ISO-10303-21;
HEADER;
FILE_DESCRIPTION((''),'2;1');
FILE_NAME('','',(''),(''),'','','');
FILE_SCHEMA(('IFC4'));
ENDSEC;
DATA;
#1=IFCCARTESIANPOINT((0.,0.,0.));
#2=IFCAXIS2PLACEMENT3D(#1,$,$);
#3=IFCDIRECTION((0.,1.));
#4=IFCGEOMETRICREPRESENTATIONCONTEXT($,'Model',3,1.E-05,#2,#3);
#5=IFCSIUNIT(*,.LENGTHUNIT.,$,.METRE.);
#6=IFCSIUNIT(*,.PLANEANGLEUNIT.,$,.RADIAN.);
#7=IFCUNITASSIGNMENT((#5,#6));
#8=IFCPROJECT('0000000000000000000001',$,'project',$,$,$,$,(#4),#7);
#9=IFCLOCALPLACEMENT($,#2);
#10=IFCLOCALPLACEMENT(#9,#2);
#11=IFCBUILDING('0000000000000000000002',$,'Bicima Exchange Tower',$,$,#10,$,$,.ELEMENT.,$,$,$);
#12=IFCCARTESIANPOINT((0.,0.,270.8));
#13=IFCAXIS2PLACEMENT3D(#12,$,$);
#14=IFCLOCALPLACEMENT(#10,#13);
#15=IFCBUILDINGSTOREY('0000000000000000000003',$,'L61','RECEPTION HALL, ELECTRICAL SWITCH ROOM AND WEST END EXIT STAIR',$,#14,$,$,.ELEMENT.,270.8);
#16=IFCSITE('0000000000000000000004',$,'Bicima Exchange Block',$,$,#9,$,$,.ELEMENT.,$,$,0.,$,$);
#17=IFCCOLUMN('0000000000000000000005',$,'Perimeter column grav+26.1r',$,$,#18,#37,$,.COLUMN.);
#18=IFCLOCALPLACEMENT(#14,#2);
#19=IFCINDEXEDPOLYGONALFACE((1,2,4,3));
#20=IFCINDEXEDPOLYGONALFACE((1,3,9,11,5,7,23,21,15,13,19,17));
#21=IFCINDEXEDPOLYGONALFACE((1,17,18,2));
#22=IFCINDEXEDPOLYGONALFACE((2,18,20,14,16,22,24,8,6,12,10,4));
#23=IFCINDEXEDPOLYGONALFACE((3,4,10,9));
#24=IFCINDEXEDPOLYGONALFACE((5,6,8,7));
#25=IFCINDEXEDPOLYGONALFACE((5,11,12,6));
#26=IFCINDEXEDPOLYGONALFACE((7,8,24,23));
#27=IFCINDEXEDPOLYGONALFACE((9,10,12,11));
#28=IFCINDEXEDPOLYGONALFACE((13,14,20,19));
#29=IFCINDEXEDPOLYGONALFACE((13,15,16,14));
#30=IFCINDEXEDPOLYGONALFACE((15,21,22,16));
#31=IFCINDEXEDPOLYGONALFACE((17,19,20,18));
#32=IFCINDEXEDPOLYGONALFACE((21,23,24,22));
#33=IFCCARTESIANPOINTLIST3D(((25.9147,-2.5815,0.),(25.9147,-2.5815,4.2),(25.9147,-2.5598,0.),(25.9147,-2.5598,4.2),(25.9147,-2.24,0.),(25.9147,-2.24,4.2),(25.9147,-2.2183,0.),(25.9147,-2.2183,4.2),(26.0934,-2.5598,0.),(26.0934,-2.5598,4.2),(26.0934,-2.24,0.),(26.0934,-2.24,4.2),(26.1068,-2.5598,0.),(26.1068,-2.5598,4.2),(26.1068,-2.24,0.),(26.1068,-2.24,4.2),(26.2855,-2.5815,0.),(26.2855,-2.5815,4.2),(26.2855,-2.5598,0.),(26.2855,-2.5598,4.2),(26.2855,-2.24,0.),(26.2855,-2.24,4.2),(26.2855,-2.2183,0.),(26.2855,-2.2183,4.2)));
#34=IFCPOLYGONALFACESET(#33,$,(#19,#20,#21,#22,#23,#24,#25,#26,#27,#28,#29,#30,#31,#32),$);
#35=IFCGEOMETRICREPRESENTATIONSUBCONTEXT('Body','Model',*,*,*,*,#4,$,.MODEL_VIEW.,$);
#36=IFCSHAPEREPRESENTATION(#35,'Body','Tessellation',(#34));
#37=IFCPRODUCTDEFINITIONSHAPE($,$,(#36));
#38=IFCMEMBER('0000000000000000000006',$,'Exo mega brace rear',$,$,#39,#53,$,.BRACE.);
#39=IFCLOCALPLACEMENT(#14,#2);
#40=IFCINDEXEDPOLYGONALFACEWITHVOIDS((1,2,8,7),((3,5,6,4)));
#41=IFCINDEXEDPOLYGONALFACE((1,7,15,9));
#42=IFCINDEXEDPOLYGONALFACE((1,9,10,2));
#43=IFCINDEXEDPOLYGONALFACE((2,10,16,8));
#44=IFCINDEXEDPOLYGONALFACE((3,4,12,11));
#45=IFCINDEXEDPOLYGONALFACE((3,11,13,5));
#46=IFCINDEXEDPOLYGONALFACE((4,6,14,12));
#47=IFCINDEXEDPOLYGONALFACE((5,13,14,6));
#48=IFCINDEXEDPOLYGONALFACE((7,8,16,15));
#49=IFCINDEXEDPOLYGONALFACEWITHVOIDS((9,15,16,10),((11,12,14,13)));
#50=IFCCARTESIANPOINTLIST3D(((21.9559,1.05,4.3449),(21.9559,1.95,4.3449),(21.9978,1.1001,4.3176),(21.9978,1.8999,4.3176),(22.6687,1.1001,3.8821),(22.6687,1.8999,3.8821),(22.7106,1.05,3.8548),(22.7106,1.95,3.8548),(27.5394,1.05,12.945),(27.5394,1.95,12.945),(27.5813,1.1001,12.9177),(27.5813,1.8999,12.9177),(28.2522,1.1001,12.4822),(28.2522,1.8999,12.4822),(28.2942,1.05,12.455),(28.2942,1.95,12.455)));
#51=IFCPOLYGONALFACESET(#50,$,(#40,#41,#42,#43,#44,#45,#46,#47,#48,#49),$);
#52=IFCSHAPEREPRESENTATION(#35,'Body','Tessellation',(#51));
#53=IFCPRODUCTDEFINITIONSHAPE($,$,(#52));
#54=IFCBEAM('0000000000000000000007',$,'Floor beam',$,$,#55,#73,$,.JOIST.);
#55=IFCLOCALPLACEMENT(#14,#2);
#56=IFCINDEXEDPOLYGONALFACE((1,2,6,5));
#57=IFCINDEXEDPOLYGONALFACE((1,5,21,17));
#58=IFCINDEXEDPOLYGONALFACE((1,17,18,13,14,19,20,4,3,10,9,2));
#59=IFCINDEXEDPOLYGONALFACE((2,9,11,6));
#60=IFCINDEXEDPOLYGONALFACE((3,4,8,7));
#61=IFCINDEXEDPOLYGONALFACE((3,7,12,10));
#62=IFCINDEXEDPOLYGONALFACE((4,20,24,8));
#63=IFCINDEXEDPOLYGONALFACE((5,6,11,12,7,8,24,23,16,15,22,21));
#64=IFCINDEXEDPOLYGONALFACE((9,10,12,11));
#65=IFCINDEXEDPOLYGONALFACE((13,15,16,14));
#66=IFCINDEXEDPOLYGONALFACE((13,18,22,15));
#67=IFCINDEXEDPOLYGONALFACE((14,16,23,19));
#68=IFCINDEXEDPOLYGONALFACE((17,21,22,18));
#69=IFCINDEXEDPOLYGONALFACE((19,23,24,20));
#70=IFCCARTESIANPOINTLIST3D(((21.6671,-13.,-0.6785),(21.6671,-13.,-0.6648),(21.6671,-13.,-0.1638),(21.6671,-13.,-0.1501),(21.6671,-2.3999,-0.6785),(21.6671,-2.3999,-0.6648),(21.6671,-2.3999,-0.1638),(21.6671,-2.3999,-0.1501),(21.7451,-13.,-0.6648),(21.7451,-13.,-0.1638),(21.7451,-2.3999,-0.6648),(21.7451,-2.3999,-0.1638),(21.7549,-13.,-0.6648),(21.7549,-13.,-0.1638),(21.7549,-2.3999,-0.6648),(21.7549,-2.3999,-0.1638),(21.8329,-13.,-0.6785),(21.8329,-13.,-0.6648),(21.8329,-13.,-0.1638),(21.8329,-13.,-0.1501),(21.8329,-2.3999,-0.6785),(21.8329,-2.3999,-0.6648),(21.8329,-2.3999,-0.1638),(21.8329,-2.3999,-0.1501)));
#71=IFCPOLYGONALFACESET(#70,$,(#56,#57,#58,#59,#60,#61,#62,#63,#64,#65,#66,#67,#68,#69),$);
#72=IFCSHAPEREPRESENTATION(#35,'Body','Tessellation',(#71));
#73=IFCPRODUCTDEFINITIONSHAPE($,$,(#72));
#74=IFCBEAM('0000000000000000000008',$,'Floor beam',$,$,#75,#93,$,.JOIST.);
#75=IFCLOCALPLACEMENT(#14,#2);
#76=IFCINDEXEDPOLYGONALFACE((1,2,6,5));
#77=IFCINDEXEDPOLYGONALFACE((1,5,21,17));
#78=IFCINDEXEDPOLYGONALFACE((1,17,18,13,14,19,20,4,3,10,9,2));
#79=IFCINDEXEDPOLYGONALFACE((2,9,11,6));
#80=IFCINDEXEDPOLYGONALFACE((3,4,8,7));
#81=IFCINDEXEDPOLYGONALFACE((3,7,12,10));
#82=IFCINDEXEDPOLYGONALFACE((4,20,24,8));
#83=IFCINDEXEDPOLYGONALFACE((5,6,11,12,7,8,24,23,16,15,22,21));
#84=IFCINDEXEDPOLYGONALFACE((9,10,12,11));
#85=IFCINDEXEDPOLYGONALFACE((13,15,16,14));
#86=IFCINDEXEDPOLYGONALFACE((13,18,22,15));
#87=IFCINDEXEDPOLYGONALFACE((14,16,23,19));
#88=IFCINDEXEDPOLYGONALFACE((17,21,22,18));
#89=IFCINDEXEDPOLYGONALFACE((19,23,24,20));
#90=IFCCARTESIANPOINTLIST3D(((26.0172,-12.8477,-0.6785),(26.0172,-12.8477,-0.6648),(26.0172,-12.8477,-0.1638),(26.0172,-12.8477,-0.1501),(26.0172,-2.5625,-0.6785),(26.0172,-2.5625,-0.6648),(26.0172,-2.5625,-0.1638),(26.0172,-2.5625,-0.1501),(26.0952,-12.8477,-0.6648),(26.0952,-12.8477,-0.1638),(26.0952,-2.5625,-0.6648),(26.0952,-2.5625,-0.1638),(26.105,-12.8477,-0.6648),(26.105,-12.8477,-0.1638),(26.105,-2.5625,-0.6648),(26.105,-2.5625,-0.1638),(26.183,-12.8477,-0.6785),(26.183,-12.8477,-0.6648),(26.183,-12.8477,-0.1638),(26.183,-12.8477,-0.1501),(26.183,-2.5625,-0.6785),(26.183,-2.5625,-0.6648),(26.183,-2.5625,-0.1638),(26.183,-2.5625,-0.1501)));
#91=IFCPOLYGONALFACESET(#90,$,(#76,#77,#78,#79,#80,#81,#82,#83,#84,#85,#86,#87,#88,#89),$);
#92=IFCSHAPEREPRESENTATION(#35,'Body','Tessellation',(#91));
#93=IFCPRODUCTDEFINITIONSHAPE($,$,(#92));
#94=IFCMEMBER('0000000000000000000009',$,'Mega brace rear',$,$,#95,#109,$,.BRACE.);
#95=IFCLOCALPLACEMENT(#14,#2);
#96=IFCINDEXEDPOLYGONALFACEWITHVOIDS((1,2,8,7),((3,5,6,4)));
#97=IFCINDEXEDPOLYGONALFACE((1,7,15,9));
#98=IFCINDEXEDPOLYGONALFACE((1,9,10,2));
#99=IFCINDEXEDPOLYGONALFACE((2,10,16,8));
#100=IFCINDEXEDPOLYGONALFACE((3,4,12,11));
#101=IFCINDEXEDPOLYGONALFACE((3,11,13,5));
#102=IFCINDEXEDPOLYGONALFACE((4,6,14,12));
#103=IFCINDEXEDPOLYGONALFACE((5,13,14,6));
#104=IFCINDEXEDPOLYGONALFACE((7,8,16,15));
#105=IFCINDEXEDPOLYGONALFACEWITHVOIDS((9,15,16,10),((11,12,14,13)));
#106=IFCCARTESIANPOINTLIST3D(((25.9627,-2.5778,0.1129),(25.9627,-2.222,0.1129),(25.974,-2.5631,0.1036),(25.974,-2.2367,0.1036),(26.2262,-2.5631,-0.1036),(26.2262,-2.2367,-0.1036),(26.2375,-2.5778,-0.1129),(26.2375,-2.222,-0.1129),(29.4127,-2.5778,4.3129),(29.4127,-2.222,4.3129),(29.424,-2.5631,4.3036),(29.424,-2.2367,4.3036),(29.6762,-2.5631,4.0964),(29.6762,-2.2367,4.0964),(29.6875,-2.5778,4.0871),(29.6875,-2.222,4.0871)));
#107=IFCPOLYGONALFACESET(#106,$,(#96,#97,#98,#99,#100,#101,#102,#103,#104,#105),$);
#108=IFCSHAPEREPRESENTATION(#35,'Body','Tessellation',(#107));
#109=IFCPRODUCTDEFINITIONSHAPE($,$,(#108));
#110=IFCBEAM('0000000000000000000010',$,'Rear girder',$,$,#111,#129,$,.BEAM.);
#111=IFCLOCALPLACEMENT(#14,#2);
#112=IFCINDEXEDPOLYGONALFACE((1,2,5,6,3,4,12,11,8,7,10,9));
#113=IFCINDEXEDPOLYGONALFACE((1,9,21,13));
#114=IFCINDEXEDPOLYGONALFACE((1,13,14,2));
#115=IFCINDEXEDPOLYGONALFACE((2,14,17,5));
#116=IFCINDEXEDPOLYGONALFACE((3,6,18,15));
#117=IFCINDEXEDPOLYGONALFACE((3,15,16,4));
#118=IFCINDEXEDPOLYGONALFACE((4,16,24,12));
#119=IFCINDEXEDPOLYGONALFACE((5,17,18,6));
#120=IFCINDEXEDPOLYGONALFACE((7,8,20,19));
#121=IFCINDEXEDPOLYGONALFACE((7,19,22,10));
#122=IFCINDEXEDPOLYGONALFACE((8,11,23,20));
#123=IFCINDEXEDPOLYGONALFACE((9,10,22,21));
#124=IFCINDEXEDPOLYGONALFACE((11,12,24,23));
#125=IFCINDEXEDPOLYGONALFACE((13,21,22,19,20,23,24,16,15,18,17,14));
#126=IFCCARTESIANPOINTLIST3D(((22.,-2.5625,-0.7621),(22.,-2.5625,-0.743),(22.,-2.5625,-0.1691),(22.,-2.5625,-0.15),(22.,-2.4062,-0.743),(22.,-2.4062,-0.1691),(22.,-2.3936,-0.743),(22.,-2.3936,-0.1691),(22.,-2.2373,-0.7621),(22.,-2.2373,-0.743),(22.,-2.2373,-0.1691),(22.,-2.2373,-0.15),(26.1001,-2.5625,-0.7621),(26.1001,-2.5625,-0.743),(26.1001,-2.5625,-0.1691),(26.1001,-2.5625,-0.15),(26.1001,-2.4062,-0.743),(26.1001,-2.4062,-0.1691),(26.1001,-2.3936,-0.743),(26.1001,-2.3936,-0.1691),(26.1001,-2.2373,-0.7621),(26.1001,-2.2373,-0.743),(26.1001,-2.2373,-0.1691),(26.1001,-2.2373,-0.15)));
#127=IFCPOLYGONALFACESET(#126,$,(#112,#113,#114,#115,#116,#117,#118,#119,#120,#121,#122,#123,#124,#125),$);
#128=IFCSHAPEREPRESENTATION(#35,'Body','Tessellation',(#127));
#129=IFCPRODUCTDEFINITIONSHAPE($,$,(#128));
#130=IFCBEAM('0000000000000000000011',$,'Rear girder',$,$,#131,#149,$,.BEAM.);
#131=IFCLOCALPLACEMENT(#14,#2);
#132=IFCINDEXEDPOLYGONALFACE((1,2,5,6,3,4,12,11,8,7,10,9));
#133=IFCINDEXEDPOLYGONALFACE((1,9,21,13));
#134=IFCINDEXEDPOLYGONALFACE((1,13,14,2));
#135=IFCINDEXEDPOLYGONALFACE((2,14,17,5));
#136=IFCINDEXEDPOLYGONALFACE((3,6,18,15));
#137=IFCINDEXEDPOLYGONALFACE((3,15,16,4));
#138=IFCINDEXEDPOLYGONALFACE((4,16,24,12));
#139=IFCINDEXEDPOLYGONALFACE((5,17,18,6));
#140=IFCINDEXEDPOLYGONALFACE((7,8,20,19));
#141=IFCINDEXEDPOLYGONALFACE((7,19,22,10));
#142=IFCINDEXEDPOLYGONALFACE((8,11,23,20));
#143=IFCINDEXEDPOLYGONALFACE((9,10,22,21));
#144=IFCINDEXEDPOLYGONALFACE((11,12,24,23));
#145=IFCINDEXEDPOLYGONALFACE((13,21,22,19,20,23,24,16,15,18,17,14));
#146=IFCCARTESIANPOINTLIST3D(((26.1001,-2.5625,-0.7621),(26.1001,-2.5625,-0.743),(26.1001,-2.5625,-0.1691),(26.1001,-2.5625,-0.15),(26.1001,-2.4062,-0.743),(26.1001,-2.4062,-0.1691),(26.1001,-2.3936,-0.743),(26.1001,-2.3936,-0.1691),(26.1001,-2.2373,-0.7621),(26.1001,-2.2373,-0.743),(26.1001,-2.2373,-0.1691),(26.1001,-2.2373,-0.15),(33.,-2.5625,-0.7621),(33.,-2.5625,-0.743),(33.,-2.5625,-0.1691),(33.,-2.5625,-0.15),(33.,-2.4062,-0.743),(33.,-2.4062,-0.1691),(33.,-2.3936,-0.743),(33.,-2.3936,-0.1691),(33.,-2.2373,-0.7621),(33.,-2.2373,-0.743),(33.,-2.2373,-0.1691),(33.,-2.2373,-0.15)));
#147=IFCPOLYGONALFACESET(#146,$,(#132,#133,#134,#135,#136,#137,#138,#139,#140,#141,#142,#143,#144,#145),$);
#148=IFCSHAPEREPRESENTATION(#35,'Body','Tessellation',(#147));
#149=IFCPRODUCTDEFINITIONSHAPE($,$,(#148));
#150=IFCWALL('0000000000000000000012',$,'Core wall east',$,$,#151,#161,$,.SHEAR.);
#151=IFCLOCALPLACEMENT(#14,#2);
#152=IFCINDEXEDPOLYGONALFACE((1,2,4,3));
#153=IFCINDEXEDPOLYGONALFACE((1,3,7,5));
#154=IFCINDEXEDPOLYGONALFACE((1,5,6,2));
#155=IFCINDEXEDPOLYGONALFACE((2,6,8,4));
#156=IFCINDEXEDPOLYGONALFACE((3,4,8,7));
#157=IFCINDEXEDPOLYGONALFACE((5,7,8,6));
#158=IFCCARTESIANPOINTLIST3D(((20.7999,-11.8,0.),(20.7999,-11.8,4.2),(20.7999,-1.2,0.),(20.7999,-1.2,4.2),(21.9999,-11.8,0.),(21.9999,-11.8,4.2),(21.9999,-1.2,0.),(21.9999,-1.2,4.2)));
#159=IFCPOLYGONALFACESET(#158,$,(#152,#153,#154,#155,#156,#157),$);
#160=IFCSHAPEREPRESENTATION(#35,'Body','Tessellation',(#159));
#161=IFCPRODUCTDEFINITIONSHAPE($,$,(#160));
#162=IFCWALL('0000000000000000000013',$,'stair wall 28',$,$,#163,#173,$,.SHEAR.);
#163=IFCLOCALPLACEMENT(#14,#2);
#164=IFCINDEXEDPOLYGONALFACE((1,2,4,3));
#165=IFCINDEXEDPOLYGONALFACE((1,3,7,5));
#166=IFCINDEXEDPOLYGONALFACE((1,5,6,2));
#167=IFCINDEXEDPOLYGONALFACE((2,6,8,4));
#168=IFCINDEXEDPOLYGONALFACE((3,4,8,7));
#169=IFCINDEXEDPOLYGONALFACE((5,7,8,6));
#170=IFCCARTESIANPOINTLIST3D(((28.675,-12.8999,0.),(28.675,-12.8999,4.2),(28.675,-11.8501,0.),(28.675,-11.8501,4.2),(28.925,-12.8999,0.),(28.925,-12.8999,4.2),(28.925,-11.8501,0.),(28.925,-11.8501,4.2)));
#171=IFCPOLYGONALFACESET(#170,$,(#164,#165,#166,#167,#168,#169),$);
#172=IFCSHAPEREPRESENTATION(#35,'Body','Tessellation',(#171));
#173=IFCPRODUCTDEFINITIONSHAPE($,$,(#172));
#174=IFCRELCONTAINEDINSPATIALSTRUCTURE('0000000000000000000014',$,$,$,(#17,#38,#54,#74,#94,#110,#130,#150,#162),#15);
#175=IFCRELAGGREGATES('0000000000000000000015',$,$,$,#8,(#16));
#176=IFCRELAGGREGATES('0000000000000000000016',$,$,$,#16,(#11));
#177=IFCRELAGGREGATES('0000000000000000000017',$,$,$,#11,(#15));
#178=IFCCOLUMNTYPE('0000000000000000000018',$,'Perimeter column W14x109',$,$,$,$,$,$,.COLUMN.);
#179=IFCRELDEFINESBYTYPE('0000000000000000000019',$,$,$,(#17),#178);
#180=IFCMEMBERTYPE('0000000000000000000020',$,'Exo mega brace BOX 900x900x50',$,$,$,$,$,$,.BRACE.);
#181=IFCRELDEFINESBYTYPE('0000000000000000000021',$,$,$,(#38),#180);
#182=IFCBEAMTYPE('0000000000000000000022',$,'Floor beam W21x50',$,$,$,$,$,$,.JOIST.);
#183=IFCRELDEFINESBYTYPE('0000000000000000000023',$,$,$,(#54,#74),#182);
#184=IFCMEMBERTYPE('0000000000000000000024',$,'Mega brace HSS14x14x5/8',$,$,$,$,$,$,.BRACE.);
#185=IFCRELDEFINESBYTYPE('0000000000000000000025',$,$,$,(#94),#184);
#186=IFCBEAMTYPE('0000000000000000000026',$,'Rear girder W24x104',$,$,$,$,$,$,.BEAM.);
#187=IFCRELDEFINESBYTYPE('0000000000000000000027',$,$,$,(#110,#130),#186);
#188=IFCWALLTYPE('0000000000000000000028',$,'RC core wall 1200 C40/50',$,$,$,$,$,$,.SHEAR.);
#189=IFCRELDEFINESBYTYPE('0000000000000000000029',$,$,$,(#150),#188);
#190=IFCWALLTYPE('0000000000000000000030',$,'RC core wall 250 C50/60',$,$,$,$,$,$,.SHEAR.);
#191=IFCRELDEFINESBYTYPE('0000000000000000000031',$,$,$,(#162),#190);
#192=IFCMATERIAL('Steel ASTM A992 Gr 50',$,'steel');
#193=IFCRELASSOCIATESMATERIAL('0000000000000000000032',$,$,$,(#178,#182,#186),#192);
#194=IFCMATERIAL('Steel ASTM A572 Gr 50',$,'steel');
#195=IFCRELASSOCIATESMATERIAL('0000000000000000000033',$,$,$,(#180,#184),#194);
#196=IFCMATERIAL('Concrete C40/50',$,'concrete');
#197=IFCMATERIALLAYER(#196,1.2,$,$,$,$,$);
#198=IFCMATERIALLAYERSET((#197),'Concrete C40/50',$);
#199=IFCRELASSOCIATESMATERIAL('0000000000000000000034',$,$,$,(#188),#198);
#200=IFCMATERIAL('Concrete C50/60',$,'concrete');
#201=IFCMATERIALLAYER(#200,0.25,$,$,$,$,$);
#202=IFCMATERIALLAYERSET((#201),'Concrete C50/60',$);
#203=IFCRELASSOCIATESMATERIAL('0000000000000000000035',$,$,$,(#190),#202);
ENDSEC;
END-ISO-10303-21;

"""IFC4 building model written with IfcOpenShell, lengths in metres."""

from ifc_helpers import new_model, si_unit, direction, frame, frame_2d, origin, origin_2d, place, context, subcontext, project, spatial, rectangle, hollow_rectangle, i_section, extrude, material, layer, layer_set, material_profile, profile_set, type_object, element, save


model = new_model("IFC4")

# Units and contexts
model_context = context("Model", 3, precision=1e-05, world=origin(), true_north=direction((0.0, 1.0)))
body_context = subcontext(model_context, "Body", "Model", "MODEL_VIEW")
ifc_project = project(units=[si_unit("LENGTHUNIT", "METRE"), si_unit("PLANEANGLEUNIT", "RADIAN")], contexts=[model_context])

# Site, building, storey
site_placement = place(None, origin())
site = spatial("IfcSite", under=ifc_project, at=site_placement, Name="Bicima Exchange Block", CompositionType="ELEMENT", RefElevation=0.0)
building_placement = place(site_placement, origin())
building = spatial("IfcBuilding", under=site, at=building_placement, Name="Bicima Exchange Tower", CompositionType="ELEMENT")
storey_placement = place(building_placement, frame((0.0, 0.0, 270.8)))
storey = spatial("IfcBuildingStorey", under=building, at=storey_placement, Name="L61", Description="RECEPTION HALL, ELECTRICAL SWITCH ROOM AND WEST END EXIT STAIR", CompositionType="ELEMENT", Elevation=270.8)

# Column
ifc_material_1 = material(Name="Steel ASTM A992 Gr 50", Category="steel")
ifc_material_profile_1 = material_profile(ifc_material_1, i_section(OverallWidth=0.3708, OverallDepth=0.3633, WebThickness=0.0134, FlangeThickness=0.0217, at=origin_2d()))
ifc_profile_set_1 = profile_set([ifc_material_profile_1], Name="Steel ASTM A992 Gr 50")
column_type = type_object("IfcColumnType", Name="Perimeter column W14x109", PredefinedType="COLUMN", material=ifc_profile_set_1)
column_placement = place(storey_placement, frame((26.1001, -2.3999, 0.0), z_axis=(0.0, 0.0, 1.0), x_axis=(1.0, 0.0, 0.0)))
element("IfcColumn", 1, at=column_placement, inside=storey, type_object=column_type, Name="Perimeter column grav+26.1r", PredefinedType="COLUMN", context=body_context, shape_type="SweptSolid", body=[
    extrude(i_section(OverallWidth=0.3708, OverallDepth=0.3633, WebThickness=0.0134, FlangeThickness=0.0217, at=origin_2d()), origin(), (0.0, 0.0, 1.0), 4.2),
])

# Member
ifc_material_2 = material(Name="Steel ASTM A572 Gr 50", Category="steel")
ifc_material_profile_2 = material_profile(ifc_material_2, hollow_rectangle(XDim=0.8999, YDim=0.8999, WallThickness=0.05, at=origin_2d()))
ifc_profile_set_2 = profile_set([ifc_material_profile_2], Name="Steel ASTM A572 Gr 50")
member_type_1 = type_object("IfcMemberType", Name="Exo mega brace BOX 900x900x50", PredefinedType="BRACE", material=ifc_profile_set_2)
member_1_placement = place(storey_placement, frame((22.3333, 1.5, 4.0999), z_axis=(0.544538, 0.0, 0.838736), x_axis=(0.0, 1.0, 0.0)))
element("IfcMember", 2, at=member_1_placement, inside=storey, type_object=member_type_1, Name="Exo mega brace rear", PredefinedType="BRACE", context=body_context, shape_type="SweptSolid", body=[
    extrude(hollow_rectangle(XDim=0.8999, YDim=0.8999, WallThickness=0.05, at=origin_2d()), origin(), (0.0, 0.0, 1.0), 10.2537),
])

# Beams
ifc_material_profile_3 = material_profile(ifc_material_1, i_section(OverallWidth=0.1658, OverallDepth=0.5283, WebThickness=0.0098, FlangeThickness=0.0137, at=origin_2d()))
ifc_profile_set_3 = profile_set([ifc_material_profile_3], Name="Steel ASTM A992 Gr 50")
beam_type_1 = type_object("IfcBeamType", Name="Floor beam W21x50", PredefinedType="JOIST", material=ifc_profile_set_3)
beam_1_placement = place(storey_placement, frame((21.75, -2.3999, -0.4143), z_axis=(0.0, -1.0, 0.0), x_axis=(1.0, 0.0, 0.0)))
element("IfcBeam", 3, at=beam_1_placement, inside=storey, type_object=beam_type_1, Name="Floor beam", PredefinedType="JOIST", context=body_context, shape_type="SweptSolid", body=[
    extrude(i_section(OverallWidth=0.1658, OverallDepth=0.5283, WebThickness=0.0098, FlangeThickness=0.0137, at=origin_2d()), origin(), (0.0, 0.0, 1.0), 10.6001),
])
beam_2_placement = place(storey_placement, frame((26.1001, -2.5625, -0.4143), z_axis=(0.0, -1.0, 0.0), x_axis=(1.0, 0.0, 0.0)))
element("IfcBeam", 4, at=beam_2_placement, inside=storey, type_object=beam_type_1, Name="Floor beam", PredefinedType="JOIST", context=body_context, shape_type="SweptSolid", body=[
    extrude(i_section(OverallWidth=0.1658, OverallDepth=0.5283, WebThickness=0.0098, FlangeThickness=0.0137, at=origin_2d()), origin(), (0.0, 0.0, 1.0), 10.2852),
])

# Member
ifc_material_profile_4 = material_profile(ifc_material_2, hollow_rectangle(XDim=0.3557, YDim=0.3557, WallThickness=0.0146, at=origin_2d()))
ifc_profile_set_4 = profile_set([ifc_material_profile_4], Name="Steel ASTM A572 Gr 50")
member_type_2 = type_object("IfcMemberType", Name="Mega brace HSS14x14x5/8", PredefinedType="BRACE", material=ifc_profile_set_4)
member_2_placement = place(storey_placement, frame((26.1001, -2.3999, 0.0), z_axis=(0.634738, 0.0, 0.772727), x_axis=(0.0, 1.0, 0.0)))
element("IfcMember", 5, at=member_2_placement, inside=storey, type_object=member_type_2, Name="Mega brace rear", PredefinedType="BRACE", context=body_context, shape_type="SweptSolid", body=[
    extrude(hollow_rectangle(XDim=0.3557, YDim=0.3557, WallThickness=0.0146, at=origin_2d()), origin(), (0.0, 0.0, 1.0), 5.4353),
])

# Beams
ifc_material_profile_5 = material_profile(ifc_material_1, i_section(OverallWidth=0.3252, OverallDepth=0.6121, WebThickness=0.0127, FlangeThickness=0.019, at=origin_2d()))
ifc_profile_set_5 = profile_set([ifc_material_profile_5], Name="Steel ASTM A992 Gr 50")
beam_type_2 = type_object("IfcBeamType", Name="Rear girder W24x104", PredefinedType="BEAM", material=ifc_profile_set_5)
beam_3_placement = place(storey_placement, frame((22.0, -2.3999, -0.4561), z_axis=(1.0, 0.0, 0.0), x_axis=(0.0, 1.0, 0.0)))
element("IfcBeam", 6, at=beam_3_placement, inside=storey, type_object=beam_type_2, Name="Rear girder", PredefinedType="BEAM", context=body_context, shape_type="SweptSolid", body=[
    extrude(i_section(OverallWidth=0.3252, OverallDepth=0.6121, WebThickness=0.0127, FlangeThickness=0.019, at=origin_2d()), origin(), (0.0, 0.0, 1.0), 4.1001),
])
beam_4_placement = place(storey_placement, frame((26.1001, -2.3999, -0.4561), z_axis=(1.0, 0.0, 0.0), x_axis=(0.0, 1.0, 0.0)))
element("IfcBeam", 7, at=beam_4_placement, inside=storey, type_object=beam_type_2, Name="Rear girder", PredefinedType="BEAM", context=body_context, shape_type="SweptSolid", body=[
    extrude(i_section(OverallWidth=0.3252, OverallDepth=0.6121, WebThickness=0.0127, FlangeThickness=0.019, at=origin_2d()), origin(), (0.0, 0.0, 1.0), 6.8999),
])

# Walls
ifc_material_3 = material(Name="Concrete C40/50", Category="concrete")
ifc_layer_1 = layer(ifc_material_3, 1.2)
ifc_layer_set_1 = layer_set([ifc_layer_1], Name="Concrete C40/50")
wall_type_1 = type_object("IfcWallType", Name="RC core wall 1200 C40/50", PredefinedType="SHEAR", material=ifc_layer_set_1)
wall_1_placement = place(storey_placement, frame((21.3999, -11.8, 0.0), z_axis=(0.0, 0.0, 1.0), x_axis=(0.0, 1.0, 0.0)))
element("IfcWall", 8, at=wall_1_placement, inside=storey, type_object=wall_type_1, Name="Core wall east", PredefinedType="SHEAR", context=body_context, shape_type="SweptSolid", body=[
    extrude(rectangle(XDim=10.6001, YDim=1.2, at=frame_2d((5.3, 0.0))), origin(), (0.0, 0.0, 1.0), 4.2),
])
ifc_material_4 = material(Name="Concrete C50/60", Category="concrete")
ifc_layer_2 = layer(ifc_material_4, 0.25)
ifc_layer_set_2 = layer_set([ifc_layer_2], Name="Concrete C50/60")
wall_type_2 = type_object("IfcWallType", Name="RC core wall 250 C50/60", PredefinedType="SHEAR", material=ifc_layer_set_2)
wall_2_placement = place(storey_placement, frame((28.8, -12.8999, 0.0), z_axis=(0.0, 0.0, 1.0), x_axis=(0.0, 1.0, 0.0)))
element("IfcWall", 9, at=wall_2_placement, inside=storey, type_object=wall_type_2, Name="stair wall 28", PredefinedType="SHEAR", context=body_context, shape_type="SweptSolid", body=[
    extrude(rectangle(XDim=1.0498, YDim=0.25, at=frame_2d((0.5249, 0.0))), origin(), (0.0, 0.0, 1.0), 4.2),
])

save(model, "model.ifc")
